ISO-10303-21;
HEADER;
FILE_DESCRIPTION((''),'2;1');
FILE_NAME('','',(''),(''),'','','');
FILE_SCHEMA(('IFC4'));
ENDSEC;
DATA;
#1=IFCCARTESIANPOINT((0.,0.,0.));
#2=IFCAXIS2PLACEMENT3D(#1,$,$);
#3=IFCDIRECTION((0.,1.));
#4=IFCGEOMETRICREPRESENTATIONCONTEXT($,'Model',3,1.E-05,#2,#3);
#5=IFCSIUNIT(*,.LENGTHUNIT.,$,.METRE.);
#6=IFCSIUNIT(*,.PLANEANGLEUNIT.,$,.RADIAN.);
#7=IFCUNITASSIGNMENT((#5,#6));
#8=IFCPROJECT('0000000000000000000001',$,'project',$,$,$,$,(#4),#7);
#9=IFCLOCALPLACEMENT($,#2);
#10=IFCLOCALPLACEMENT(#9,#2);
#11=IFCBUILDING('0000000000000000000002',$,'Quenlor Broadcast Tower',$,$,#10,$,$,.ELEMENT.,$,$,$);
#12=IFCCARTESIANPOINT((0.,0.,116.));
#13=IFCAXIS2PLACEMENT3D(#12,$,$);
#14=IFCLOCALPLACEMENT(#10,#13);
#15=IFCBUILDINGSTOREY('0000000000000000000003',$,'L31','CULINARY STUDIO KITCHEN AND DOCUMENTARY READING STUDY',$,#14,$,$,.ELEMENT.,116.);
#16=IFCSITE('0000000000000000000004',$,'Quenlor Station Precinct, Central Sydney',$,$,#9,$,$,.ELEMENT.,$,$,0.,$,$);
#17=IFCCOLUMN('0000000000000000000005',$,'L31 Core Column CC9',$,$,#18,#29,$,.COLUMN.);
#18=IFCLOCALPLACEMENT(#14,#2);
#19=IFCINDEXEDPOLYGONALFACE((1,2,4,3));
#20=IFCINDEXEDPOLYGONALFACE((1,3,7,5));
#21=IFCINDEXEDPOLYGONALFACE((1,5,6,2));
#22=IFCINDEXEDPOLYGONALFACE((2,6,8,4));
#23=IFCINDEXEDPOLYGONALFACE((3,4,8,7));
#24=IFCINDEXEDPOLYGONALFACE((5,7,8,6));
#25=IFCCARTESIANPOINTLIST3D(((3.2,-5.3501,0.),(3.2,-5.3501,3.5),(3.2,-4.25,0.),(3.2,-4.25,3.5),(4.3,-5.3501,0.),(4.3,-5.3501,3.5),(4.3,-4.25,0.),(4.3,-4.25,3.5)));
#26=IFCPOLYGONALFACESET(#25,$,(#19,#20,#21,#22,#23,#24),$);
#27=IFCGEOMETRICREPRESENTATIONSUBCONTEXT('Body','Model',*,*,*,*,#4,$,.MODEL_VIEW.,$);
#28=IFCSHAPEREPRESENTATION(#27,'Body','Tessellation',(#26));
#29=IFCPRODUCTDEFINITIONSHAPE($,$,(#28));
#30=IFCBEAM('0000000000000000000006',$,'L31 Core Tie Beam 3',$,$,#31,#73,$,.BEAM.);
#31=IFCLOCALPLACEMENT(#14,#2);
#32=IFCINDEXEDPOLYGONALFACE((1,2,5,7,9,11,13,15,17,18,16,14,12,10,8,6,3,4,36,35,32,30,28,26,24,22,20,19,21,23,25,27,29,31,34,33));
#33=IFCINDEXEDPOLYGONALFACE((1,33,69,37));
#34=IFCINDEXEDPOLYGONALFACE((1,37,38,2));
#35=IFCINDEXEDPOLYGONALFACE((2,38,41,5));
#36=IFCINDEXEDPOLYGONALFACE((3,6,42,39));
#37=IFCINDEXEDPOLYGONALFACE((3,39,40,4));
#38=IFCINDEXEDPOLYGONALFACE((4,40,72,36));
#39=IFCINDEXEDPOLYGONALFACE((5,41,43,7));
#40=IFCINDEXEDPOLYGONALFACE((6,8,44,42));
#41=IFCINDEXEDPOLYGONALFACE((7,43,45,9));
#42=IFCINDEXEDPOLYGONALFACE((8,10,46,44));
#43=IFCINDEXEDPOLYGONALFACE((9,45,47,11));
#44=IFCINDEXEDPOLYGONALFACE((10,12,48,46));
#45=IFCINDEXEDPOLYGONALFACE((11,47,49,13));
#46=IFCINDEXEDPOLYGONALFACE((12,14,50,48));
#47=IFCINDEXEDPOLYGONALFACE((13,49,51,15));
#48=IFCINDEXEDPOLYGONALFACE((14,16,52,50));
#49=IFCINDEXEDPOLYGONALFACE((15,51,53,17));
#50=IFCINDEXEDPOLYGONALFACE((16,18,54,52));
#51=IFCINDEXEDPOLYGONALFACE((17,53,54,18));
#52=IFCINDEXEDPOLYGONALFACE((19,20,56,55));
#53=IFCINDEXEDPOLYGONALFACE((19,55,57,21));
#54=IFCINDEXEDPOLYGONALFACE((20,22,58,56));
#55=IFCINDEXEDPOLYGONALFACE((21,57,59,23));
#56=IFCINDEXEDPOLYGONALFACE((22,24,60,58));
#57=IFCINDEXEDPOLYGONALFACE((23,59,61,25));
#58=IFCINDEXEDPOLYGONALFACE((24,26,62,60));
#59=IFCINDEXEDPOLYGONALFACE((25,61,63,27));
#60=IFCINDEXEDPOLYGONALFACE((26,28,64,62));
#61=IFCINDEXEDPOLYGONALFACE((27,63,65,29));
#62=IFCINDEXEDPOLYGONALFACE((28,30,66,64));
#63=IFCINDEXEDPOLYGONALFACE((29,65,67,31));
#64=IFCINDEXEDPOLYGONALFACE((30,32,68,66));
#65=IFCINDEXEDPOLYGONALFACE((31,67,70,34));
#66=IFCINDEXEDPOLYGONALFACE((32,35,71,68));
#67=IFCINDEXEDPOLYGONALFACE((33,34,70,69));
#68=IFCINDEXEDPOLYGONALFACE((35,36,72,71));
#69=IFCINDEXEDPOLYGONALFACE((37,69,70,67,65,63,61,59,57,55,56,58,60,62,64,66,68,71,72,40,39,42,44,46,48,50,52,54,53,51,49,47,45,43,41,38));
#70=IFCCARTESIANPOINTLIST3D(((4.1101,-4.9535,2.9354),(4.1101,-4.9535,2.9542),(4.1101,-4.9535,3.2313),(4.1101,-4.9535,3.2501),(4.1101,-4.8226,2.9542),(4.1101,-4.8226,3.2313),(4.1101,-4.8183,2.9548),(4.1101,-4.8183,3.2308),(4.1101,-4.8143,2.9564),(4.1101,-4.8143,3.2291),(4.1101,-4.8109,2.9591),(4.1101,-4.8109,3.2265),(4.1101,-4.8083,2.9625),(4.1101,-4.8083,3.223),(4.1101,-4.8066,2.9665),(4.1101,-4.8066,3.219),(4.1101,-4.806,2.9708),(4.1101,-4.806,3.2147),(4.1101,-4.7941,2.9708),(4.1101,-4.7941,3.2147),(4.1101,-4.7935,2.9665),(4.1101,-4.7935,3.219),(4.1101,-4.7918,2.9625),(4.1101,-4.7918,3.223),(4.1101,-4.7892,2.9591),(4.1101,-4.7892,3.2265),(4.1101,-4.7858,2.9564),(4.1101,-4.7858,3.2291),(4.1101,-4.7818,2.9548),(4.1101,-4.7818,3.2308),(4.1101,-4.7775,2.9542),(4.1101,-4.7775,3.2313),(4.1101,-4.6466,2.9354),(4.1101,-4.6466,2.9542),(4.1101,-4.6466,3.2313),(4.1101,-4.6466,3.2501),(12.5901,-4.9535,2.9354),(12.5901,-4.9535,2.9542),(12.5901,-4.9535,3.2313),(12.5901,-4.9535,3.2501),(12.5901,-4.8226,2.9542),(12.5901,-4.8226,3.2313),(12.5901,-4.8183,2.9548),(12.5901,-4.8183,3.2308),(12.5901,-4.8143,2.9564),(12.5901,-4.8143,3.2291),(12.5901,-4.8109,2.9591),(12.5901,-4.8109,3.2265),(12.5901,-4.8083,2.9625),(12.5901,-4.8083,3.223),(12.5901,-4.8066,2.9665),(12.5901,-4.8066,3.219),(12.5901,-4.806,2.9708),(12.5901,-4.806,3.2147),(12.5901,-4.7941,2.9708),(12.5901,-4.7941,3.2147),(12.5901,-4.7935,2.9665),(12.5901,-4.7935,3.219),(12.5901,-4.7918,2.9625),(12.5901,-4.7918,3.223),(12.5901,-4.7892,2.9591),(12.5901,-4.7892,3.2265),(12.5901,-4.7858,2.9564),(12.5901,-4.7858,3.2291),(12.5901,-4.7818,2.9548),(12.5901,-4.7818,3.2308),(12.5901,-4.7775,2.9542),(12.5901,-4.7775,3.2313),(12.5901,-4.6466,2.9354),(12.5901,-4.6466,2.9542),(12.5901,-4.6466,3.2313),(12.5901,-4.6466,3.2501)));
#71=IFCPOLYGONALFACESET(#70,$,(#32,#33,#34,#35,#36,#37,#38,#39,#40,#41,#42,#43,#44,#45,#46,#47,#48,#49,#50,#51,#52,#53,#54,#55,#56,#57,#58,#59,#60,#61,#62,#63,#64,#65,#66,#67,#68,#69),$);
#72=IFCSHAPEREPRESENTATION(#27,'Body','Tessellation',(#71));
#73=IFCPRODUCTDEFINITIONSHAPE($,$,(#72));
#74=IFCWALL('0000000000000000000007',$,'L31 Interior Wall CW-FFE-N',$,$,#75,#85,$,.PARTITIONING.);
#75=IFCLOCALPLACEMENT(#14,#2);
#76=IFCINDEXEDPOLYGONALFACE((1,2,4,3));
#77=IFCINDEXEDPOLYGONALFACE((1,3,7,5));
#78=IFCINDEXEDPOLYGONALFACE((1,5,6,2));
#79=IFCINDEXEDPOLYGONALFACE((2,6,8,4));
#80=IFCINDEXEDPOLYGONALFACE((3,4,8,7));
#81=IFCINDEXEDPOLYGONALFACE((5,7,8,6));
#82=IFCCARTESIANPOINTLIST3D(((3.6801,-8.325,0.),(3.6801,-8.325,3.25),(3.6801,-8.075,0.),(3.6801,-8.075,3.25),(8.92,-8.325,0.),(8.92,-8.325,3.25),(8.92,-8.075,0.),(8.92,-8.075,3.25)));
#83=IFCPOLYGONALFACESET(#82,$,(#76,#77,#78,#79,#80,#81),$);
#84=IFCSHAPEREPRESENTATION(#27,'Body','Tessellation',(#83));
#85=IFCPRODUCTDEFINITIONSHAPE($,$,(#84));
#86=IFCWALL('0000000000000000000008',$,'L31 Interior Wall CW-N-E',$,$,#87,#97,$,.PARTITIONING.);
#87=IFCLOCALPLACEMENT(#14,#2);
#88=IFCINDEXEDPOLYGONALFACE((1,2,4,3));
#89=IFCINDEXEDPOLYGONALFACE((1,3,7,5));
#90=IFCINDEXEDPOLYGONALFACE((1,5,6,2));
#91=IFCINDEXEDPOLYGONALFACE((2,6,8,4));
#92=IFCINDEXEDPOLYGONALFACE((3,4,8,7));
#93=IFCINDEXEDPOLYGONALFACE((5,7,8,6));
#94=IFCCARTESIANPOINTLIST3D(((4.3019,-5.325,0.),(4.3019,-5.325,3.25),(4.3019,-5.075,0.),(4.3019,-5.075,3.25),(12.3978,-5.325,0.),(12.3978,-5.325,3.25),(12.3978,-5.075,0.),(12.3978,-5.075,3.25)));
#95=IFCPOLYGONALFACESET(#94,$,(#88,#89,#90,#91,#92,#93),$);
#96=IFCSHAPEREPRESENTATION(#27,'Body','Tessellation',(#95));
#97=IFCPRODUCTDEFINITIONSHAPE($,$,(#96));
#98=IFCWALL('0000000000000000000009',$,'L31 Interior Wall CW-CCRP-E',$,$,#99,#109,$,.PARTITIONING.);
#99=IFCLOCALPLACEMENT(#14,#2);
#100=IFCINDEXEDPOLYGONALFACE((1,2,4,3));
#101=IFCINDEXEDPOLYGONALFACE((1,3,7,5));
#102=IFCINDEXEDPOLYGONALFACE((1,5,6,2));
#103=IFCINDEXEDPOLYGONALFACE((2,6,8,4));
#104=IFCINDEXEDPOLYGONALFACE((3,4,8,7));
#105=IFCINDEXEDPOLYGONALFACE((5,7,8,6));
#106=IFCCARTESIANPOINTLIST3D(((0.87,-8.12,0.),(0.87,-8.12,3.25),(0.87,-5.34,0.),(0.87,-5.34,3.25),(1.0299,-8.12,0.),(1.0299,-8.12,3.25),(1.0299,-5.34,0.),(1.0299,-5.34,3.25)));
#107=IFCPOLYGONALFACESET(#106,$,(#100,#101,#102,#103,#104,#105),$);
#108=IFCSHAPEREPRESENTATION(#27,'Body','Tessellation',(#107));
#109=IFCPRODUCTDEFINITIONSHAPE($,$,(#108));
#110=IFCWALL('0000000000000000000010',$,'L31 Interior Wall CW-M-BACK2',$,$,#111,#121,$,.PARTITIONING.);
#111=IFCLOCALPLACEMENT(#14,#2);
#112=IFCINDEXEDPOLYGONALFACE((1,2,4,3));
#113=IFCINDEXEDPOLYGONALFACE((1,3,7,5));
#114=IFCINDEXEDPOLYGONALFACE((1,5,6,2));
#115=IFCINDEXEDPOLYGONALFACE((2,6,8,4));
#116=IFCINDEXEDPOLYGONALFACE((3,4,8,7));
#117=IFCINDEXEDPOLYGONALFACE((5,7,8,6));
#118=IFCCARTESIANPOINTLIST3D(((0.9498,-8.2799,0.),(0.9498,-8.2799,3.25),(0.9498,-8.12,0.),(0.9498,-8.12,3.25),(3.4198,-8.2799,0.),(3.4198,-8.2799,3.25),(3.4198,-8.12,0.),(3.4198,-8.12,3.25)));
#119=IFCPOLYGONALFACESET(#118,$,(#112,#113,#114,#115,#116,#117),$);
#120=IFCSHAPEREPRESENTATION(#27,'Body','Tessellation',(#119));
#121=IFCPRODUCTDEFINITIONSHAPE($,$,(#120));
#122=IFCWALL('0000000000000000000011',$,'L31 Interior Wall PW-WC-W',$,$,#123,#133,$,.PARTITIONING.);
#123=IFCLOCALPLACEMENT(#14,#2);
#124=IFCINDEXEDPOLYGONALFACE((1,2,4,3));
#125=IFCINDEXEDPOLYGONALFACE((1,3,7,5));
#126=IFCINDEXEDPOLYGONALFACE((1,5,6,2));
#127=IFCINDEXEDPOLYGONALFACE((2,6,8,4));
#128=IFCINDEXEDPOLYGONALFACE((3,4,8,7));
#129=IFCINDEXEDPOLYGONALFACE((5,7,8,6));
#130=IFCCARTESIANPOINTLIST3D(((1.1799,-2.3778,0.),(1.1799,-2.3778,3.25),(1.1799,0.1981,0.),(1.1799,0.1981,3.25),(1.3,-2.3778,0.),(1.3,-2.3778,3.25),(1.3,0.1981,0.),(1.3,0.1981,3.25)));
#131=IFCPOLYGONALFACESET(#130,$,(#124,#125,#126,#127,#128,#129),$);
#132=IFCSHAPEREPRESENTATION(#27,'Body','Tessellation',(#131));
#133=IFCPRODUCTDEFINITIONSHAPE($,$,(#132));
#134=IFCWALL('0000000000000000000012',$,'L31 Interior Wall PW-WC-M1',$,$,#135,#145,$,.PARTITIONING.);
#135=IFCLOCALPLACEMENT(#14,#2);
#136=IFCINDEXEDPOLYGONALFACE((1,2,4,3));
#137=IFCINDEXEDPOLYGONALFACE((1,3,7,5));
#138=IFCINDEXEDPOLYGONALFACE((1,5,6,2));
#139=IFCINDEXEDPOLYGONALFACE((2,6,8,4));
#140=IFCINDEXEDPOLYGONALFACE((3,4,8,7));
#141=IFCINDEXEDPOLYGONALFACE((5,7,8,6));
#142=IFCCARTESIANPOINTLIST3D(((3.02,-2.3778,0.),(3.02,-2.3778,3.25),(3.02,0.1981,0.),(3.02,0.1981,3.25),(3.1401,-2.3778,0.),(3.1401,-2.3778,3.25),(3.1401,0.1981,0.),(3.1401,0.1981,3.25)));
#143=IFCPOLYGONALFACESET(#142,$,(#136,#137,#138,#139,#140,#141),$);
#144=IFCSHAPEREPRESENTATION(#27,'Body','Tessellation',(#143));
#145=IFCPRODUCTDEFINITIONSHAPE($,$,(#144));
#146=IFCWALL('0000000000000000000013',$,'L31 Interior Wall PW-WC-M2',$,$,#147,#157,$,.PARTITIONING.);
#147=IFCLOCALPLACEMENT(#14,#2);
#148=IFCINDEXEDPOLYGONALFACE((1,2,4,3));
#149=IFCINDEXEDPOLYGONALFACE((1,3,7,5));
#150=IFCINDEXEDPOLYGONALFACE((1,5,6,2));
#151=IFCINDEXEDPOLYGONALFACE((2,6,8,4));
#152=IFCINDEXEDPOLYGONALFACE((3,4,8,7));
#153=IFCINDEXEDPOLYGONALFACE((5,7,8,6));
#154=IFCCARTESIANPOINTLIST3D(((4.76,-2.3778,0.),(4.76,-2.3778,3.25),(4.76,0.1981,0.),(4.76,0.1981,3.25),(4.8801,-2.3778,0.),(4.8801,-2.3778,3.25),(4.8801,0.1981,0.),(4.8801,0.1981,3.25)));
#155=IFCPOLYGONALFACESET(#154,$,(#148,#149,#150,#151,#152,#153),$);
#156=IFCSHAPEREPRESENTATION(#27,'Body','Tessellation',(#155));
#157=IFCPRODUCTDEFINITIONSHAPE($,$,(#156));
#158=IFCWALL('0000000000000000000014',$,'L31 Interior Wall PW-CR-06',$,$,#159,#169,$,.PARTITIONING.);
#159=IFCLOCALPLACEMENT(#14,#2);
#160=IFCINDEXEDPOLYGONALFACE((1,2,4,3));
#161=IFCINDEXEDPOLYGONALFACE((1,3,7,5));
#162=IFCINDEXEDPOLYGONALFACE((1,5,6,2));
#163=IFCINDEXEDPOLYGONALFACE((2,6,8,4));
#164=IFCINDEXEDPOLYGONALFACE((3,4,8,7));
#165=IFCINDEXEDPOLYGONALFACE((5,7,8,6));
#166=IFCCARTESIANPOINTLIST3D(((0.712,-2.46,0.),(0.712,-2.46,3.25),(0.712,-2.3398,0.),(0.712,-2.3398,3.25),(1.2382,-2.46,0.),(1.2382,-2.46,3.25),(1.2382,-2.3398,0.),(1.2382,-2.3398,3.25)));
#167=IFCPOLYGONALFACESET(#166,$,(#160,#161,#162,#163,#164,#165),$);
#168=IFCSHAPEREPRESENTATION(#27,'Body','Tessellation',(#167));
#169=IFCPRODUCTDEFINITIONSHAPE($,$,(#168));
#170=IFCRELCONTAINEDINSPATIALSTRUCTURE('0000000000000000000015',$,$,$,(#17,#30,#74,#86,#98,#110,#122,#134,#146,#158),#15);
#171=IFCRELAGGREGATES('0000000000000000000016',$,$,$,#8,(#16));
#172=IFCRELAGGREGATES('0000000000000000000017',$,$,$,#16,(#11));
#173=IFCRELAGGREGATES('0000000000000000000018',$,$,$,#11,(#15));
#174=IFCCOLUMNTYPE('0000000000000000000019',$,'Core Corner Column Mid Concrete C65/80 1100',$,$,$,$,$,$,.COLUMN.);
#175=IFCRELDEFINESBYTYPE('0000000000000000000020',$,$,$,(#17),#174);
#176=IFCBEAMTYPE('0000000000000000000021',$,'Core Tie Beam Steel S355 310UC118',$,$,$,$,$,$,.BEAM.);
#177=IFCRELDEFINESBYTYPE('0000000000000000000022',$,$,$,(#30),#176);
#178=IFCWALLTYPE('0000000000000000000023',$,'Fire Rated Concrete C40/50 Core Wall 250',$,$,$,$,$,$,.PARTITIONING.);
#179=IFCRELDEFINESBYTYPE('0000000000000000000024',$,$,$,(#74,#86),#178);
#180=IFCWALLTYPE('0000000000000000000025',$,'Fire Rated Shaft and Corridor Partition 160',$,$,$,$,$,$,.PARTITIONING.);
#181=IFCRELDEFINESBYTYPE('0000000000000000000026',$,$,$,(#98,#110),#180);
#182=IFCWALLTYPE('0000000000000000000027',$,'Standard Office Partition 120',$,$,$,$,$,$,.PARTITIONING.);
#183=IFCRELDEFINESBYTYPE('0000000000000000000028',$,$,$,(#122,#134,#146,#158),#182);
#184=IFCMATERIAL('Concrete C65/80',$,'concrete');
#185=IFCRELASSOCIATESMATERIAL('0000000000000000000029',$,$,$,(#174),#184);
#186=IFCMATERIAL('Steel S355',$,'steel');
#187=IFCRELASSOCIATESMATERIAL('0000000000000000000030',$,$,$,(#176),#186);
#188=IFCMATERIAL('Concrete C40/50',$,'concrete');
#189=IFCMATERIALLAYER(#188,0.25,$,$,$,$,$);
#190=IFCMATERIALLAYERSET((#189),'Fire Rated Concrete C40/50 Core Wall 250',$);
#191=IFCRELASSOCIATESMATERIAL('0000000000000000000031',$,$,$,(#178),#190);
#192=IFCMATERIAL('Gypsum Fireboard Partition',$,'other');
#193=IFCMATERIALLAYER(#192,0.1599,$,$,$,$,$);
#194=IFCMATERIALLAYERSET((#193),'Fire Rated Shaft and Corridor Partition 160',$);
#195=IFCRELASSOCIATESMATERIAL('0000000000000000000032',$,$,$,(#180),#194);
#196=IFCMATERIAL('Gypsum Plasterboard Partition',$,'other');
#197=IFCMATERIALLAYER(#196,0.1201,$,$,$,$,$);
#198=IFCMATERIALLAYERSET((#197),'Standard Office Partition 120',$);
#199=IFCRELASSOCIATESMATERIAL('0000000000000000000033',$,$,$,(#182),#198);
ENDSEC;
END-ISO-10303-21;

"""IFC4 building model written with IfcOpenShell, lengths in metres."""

from ifc_helpers import new_model, si_unit, direction, frame, frame_2d, origin, origin_2d, place, context, subcontext, project, spatial, rectangle, i_section, extrude, material, layer, layer_set, material_profile, profile_set, type_object, element, save


model = new_model("IFC4")

# Units and contexts
model_context = context("Model", 3, precision=1e-05, world=origin(), true_north=direction((0.0, 1.0)))
body_context = subcontext(model_context, "Body", "Model", "MODEL_VIEW")
ifc_project = project(units=[si_unit("LENGTHUNIT", "METRE"), si_unit("PLANEANGLEUNIT", "RADIAN")], contexts=[model_context])

# Site, building, storey
site_placement = place(None, origin())
site = spatial("IfcSite", under=ifc_project, at=site_placement, Name="Quenlor Station Precinct, Central Sydney", CompositionType="ELEMENT", RefElevation=0.0)
building_placement = place(site_placement, origin())
building = spatial("IfcBuilding", under=site, at=building_placement, Name="Quenlor Broadcast Tower", CompositionType="ELEMENT")
storey_placement = place(building_placement, frame((0.0, 0.0, 116.0)))
storey = spatial("IfcBuildingStorey", under=building, at=storey_placement, Name="L31", Description="CULINARY STUDIO KITCHEN AND DOCUMENTARY READING STUDY", CompositionType="ELEMENT", Elevation=116.0)

# Column
ifc_material_1 = material(Name="Concrete C65/80", Category="concrete")
ifc_material_profile_1 = material_profile(ifc_material_1, rectangle(XDim=1.1001, YDim=1.1001, at=origin_2d()))
ifc_profile_set_1 = profile_set([ifc_material_profile_1], Name="Concrete C65/80 RC1100x1100")
column_type = type_object("IfcColumnType", Name="Core Corner Column Mid Concrete C65/80 1100", PredefinedType="COLUMN", material=ifc_profile_set_1)
column_placement = place(storey_placement, frame((3.75, -4.8, 0.0), z_axis=(0.0, 0.0, 1.0), x_axis=(1.0, 0.0, 0.0)))
element("IfcColumn", 1, at=column_placement, inside=storey, type_object=column_type, Name="L31 Core Column CC9", PredefinedType="COLUMN", context=body_context, shape_type="SweptSolid", body=[
    extrude(rectangle(XDim=1.1001, YDim=1.1001, at=origin_2d()), origin(), (0.0, 0.0, 1.0), 3.5),
])

# Beam
ifc_material_2 = material(Name="Steel S355", Category="steel")
ifc_material_profile_2 = material_profile(ifc_material_2, i_section(OverallWidth=0.3069, OverallDepth=0.3147, WebThickness=0.012, FlangeThickness=0.0188, FilletRadius=0.0166, at=origin_2d()))
ifc_profile_set_2 = profile_set([ifc_material_profile_2], Name="Steel S355 310UC118")
beam_type = type_object("IfcBeamType", Name="Core Tie Beam Steel S355 310UC118", PredefinedType="BEAM", material=ifc_profile_set_2)
beam_placement = place(storey_placement, frame((4.1101, -4.8, 3.0928), z_axis=(1.0, 0.0, 0.0), x_axis=(0.0, 1.0, 0.0)))
element("IfcBeam", 2, at=beam_placement, inside=storey, type_object=beam_type, Name="L31 Core Tie Beam 3", PredefinedType="BEAM", context=body_context, shape_type="SweptSolid", body=[
    extrude(i_section(OverallWidth=0.3069, OverallDepth=0.3147, WebThickness=0.012, FlangeThickness=0.0188, FilletRadius=0.0166, at=origin_2d()), origin(), (0.0, 0.0, 1.0), 8.48),
])

# Walls
ifc_material_3 = material(Name="Concrete C40/50", Category="concrete")
ifc_layer_1 = layer(ifc_material_3, 0.25)
ifc_layer_set_1 = layer_set([ifc_layer_1], Name="Fire Rated Concrete C40/50 Core Wall 250")
wall_type_1 = type_object("IfcWallType", Name="Fire Rated Concrete C40/50 Core Wall 250", PredefinedType="PARTITIONING", material=ifc_layer_set_1)
wall_1_placement = place(storey_placement, frame((3.6799, -8.2, 0.0), z_axis=(0.0, 0.0, 1.0), x_axis=(1.0, 0.0, 0.0)))
element("IfcWall", 3, at=wall_1_placement, inside=storey, type_object=wall_type_1, Name="L31 Interior Wall CW-FFE-N", PredefinedType="PARTITIONING", context=body_context, shape_type="SweptSolid", body=[
    extrude(rectangle(XDim=5.24, YDim=0.25, at=frame_2d((2.6201, 0.0))), origin(), (0.0, 0.0, 1.0), 3.25),
])
wall_2_placement = place(storey_placement, frame((4.302, -5.2, 0.0), z_axis=(0.0, 0.0, 1.0), x_axis=(1.0, 0.0, 0.0)))
element("IfcWall", 4, at=wall_2_placement, inside=storey, type_object=wall_type_1, Name="L31 Interior Wall CW-N-E", PredefinedType="PARTITIONING", context=body_context, shape_type="SweptSolid", body=[
    extrude(rectangle(XDim=8.0959, YDim=0.25, at=frame_2d((4.0479, 0.0))), origin(), (0.0, 0.0, 1.0), 3.25),
])

# Walls
ifc_material_4 = material(Name="Gypsum Fireboard Partition", Category="other")
ifc_layer_2 = layer(ifc_material_4, 0.1599)
ifc_layer_set_2 = layer_set([ifc_layer_2], Name="Fire Rated Shaft and Corridor Partition 160")
wall_type_2 = type_object("IfcWallType", Name="Fire Rated Shaft and Corridor Partition 160", PredefinedType="PARTITIONING", material=ifc_layer_set_2)
wall_3_placement = place(storey_placement, frame((0.95, -8.1201, 0.0), z_axis=(0.0, 0.0, 1.0), x_axis=(0.0, 1.0, 0.0)))
element("IfcWall", 5, at=wall_3_placement, inside=storey, type_object=wall_type_2, Name="L31 Interior Wall CW-CCRP-E", PredefinedType="PARTITIONING", context=body_context, shape_type="SweptSolid", body=[
    extrude(rectangle(XDim=2.78, YDim=0.1599, at=frame_2d((1.3901, 0.0))), origin(), (0.0, 0.0, 1.0), 3.25),
])
wall_4_placement = place(storey_placement, frame((0.95, -8.2, 0.0), z_axis=(0.0, 0.0, 1.0), x_axis=(1.0, 0.0, 0.0)))
element("IfcWall", 6, at=wall_4_placement, inside=storey, type_object=wall_type_2, Name="L31 Interior Wall CW-M-BACK2", PredefinedType="PARTITIONING", context=body_context, shape_type="SweptSolid", body=[
    extrude(rectangle(XDim=2.47, YDim=0.1599, at=frame_2d((1.2349, 0.0))), origin(), (0.0, 0.0, 1.0), 3.25),
])

# Shared definitions
ifc_material_5 = material(Name="Gypsum Plasterboard Partition", Category="other")
ifc_layer_3 = layer(ifc_material_5, 0.1201)
ifc_layer_set_3 = layer_set([ifc_layer_3], Name="Standard Office Partition 120")
wall_type_3 = type_object("IfcWallType", Name="Standard Office Partition 120", PredefinedType="PARTITIONING", material=ifc_layer_set_3)

# Walls
for number, where, z_axis, x_axis, name in (
    (7, (1.24, -2.3779, 0.0), (0.0, 0.0, 1.0), (0.0, 1.0, 0.0), "L31 Interior Wall PW-WC-W"),
    (8, (3.0801, -2.3779, 0.0), (0.0, 0.0, 1.0), (0.0, 1.0, 0.0), "L31 Interior Wall PW-WC-M1"),
    (9, (4.8201, -2.3779, 0.0), (0.0, 0.0, 1.0), (0.0, 1.0, 0.0), "L31 Interior Wall PW-WC-M2"),
):
    element("IfcWall", number, at=place(storey_placement, frame(where, z_axis=z_axis, x_axis=x_axis)), inside=storey, type_object=wall_type_3, Name=name, PredefinedType="PARTITIONING", context=body_context, shape_type="SweptSolid", body=[
        extrude(rectangle(XDim=2.5759, YDim=0.1201, at=frame_2d((1.2881, 0.0))), origin(), (0.0, 0.0, 1.0), 3.25),
    ])
wall_5_placement = place(storey_placement, frame((0.7119, -2.3999, 0.0), z_axis=(0.0, 0.0, 1.0), x_axis=(1.0, 0.0, 0.0)))
element("IfcWall", 10, at=wall_5_placement, inside=storey, type_object=wall_type_3, Name="L31 Interior Wall PW-CR-06", PredefinedType="PARTITIONING", context=body_context, shape_type="SweptSolid", body=[
    extrude(rectangle(XDim=0.5261, YDim=0.1201, at=frame_2d((0.2632, 0.0))), origin(), (0.0, 0.0, 1.0), 3.25),
])

save(model, "model.ifc")
